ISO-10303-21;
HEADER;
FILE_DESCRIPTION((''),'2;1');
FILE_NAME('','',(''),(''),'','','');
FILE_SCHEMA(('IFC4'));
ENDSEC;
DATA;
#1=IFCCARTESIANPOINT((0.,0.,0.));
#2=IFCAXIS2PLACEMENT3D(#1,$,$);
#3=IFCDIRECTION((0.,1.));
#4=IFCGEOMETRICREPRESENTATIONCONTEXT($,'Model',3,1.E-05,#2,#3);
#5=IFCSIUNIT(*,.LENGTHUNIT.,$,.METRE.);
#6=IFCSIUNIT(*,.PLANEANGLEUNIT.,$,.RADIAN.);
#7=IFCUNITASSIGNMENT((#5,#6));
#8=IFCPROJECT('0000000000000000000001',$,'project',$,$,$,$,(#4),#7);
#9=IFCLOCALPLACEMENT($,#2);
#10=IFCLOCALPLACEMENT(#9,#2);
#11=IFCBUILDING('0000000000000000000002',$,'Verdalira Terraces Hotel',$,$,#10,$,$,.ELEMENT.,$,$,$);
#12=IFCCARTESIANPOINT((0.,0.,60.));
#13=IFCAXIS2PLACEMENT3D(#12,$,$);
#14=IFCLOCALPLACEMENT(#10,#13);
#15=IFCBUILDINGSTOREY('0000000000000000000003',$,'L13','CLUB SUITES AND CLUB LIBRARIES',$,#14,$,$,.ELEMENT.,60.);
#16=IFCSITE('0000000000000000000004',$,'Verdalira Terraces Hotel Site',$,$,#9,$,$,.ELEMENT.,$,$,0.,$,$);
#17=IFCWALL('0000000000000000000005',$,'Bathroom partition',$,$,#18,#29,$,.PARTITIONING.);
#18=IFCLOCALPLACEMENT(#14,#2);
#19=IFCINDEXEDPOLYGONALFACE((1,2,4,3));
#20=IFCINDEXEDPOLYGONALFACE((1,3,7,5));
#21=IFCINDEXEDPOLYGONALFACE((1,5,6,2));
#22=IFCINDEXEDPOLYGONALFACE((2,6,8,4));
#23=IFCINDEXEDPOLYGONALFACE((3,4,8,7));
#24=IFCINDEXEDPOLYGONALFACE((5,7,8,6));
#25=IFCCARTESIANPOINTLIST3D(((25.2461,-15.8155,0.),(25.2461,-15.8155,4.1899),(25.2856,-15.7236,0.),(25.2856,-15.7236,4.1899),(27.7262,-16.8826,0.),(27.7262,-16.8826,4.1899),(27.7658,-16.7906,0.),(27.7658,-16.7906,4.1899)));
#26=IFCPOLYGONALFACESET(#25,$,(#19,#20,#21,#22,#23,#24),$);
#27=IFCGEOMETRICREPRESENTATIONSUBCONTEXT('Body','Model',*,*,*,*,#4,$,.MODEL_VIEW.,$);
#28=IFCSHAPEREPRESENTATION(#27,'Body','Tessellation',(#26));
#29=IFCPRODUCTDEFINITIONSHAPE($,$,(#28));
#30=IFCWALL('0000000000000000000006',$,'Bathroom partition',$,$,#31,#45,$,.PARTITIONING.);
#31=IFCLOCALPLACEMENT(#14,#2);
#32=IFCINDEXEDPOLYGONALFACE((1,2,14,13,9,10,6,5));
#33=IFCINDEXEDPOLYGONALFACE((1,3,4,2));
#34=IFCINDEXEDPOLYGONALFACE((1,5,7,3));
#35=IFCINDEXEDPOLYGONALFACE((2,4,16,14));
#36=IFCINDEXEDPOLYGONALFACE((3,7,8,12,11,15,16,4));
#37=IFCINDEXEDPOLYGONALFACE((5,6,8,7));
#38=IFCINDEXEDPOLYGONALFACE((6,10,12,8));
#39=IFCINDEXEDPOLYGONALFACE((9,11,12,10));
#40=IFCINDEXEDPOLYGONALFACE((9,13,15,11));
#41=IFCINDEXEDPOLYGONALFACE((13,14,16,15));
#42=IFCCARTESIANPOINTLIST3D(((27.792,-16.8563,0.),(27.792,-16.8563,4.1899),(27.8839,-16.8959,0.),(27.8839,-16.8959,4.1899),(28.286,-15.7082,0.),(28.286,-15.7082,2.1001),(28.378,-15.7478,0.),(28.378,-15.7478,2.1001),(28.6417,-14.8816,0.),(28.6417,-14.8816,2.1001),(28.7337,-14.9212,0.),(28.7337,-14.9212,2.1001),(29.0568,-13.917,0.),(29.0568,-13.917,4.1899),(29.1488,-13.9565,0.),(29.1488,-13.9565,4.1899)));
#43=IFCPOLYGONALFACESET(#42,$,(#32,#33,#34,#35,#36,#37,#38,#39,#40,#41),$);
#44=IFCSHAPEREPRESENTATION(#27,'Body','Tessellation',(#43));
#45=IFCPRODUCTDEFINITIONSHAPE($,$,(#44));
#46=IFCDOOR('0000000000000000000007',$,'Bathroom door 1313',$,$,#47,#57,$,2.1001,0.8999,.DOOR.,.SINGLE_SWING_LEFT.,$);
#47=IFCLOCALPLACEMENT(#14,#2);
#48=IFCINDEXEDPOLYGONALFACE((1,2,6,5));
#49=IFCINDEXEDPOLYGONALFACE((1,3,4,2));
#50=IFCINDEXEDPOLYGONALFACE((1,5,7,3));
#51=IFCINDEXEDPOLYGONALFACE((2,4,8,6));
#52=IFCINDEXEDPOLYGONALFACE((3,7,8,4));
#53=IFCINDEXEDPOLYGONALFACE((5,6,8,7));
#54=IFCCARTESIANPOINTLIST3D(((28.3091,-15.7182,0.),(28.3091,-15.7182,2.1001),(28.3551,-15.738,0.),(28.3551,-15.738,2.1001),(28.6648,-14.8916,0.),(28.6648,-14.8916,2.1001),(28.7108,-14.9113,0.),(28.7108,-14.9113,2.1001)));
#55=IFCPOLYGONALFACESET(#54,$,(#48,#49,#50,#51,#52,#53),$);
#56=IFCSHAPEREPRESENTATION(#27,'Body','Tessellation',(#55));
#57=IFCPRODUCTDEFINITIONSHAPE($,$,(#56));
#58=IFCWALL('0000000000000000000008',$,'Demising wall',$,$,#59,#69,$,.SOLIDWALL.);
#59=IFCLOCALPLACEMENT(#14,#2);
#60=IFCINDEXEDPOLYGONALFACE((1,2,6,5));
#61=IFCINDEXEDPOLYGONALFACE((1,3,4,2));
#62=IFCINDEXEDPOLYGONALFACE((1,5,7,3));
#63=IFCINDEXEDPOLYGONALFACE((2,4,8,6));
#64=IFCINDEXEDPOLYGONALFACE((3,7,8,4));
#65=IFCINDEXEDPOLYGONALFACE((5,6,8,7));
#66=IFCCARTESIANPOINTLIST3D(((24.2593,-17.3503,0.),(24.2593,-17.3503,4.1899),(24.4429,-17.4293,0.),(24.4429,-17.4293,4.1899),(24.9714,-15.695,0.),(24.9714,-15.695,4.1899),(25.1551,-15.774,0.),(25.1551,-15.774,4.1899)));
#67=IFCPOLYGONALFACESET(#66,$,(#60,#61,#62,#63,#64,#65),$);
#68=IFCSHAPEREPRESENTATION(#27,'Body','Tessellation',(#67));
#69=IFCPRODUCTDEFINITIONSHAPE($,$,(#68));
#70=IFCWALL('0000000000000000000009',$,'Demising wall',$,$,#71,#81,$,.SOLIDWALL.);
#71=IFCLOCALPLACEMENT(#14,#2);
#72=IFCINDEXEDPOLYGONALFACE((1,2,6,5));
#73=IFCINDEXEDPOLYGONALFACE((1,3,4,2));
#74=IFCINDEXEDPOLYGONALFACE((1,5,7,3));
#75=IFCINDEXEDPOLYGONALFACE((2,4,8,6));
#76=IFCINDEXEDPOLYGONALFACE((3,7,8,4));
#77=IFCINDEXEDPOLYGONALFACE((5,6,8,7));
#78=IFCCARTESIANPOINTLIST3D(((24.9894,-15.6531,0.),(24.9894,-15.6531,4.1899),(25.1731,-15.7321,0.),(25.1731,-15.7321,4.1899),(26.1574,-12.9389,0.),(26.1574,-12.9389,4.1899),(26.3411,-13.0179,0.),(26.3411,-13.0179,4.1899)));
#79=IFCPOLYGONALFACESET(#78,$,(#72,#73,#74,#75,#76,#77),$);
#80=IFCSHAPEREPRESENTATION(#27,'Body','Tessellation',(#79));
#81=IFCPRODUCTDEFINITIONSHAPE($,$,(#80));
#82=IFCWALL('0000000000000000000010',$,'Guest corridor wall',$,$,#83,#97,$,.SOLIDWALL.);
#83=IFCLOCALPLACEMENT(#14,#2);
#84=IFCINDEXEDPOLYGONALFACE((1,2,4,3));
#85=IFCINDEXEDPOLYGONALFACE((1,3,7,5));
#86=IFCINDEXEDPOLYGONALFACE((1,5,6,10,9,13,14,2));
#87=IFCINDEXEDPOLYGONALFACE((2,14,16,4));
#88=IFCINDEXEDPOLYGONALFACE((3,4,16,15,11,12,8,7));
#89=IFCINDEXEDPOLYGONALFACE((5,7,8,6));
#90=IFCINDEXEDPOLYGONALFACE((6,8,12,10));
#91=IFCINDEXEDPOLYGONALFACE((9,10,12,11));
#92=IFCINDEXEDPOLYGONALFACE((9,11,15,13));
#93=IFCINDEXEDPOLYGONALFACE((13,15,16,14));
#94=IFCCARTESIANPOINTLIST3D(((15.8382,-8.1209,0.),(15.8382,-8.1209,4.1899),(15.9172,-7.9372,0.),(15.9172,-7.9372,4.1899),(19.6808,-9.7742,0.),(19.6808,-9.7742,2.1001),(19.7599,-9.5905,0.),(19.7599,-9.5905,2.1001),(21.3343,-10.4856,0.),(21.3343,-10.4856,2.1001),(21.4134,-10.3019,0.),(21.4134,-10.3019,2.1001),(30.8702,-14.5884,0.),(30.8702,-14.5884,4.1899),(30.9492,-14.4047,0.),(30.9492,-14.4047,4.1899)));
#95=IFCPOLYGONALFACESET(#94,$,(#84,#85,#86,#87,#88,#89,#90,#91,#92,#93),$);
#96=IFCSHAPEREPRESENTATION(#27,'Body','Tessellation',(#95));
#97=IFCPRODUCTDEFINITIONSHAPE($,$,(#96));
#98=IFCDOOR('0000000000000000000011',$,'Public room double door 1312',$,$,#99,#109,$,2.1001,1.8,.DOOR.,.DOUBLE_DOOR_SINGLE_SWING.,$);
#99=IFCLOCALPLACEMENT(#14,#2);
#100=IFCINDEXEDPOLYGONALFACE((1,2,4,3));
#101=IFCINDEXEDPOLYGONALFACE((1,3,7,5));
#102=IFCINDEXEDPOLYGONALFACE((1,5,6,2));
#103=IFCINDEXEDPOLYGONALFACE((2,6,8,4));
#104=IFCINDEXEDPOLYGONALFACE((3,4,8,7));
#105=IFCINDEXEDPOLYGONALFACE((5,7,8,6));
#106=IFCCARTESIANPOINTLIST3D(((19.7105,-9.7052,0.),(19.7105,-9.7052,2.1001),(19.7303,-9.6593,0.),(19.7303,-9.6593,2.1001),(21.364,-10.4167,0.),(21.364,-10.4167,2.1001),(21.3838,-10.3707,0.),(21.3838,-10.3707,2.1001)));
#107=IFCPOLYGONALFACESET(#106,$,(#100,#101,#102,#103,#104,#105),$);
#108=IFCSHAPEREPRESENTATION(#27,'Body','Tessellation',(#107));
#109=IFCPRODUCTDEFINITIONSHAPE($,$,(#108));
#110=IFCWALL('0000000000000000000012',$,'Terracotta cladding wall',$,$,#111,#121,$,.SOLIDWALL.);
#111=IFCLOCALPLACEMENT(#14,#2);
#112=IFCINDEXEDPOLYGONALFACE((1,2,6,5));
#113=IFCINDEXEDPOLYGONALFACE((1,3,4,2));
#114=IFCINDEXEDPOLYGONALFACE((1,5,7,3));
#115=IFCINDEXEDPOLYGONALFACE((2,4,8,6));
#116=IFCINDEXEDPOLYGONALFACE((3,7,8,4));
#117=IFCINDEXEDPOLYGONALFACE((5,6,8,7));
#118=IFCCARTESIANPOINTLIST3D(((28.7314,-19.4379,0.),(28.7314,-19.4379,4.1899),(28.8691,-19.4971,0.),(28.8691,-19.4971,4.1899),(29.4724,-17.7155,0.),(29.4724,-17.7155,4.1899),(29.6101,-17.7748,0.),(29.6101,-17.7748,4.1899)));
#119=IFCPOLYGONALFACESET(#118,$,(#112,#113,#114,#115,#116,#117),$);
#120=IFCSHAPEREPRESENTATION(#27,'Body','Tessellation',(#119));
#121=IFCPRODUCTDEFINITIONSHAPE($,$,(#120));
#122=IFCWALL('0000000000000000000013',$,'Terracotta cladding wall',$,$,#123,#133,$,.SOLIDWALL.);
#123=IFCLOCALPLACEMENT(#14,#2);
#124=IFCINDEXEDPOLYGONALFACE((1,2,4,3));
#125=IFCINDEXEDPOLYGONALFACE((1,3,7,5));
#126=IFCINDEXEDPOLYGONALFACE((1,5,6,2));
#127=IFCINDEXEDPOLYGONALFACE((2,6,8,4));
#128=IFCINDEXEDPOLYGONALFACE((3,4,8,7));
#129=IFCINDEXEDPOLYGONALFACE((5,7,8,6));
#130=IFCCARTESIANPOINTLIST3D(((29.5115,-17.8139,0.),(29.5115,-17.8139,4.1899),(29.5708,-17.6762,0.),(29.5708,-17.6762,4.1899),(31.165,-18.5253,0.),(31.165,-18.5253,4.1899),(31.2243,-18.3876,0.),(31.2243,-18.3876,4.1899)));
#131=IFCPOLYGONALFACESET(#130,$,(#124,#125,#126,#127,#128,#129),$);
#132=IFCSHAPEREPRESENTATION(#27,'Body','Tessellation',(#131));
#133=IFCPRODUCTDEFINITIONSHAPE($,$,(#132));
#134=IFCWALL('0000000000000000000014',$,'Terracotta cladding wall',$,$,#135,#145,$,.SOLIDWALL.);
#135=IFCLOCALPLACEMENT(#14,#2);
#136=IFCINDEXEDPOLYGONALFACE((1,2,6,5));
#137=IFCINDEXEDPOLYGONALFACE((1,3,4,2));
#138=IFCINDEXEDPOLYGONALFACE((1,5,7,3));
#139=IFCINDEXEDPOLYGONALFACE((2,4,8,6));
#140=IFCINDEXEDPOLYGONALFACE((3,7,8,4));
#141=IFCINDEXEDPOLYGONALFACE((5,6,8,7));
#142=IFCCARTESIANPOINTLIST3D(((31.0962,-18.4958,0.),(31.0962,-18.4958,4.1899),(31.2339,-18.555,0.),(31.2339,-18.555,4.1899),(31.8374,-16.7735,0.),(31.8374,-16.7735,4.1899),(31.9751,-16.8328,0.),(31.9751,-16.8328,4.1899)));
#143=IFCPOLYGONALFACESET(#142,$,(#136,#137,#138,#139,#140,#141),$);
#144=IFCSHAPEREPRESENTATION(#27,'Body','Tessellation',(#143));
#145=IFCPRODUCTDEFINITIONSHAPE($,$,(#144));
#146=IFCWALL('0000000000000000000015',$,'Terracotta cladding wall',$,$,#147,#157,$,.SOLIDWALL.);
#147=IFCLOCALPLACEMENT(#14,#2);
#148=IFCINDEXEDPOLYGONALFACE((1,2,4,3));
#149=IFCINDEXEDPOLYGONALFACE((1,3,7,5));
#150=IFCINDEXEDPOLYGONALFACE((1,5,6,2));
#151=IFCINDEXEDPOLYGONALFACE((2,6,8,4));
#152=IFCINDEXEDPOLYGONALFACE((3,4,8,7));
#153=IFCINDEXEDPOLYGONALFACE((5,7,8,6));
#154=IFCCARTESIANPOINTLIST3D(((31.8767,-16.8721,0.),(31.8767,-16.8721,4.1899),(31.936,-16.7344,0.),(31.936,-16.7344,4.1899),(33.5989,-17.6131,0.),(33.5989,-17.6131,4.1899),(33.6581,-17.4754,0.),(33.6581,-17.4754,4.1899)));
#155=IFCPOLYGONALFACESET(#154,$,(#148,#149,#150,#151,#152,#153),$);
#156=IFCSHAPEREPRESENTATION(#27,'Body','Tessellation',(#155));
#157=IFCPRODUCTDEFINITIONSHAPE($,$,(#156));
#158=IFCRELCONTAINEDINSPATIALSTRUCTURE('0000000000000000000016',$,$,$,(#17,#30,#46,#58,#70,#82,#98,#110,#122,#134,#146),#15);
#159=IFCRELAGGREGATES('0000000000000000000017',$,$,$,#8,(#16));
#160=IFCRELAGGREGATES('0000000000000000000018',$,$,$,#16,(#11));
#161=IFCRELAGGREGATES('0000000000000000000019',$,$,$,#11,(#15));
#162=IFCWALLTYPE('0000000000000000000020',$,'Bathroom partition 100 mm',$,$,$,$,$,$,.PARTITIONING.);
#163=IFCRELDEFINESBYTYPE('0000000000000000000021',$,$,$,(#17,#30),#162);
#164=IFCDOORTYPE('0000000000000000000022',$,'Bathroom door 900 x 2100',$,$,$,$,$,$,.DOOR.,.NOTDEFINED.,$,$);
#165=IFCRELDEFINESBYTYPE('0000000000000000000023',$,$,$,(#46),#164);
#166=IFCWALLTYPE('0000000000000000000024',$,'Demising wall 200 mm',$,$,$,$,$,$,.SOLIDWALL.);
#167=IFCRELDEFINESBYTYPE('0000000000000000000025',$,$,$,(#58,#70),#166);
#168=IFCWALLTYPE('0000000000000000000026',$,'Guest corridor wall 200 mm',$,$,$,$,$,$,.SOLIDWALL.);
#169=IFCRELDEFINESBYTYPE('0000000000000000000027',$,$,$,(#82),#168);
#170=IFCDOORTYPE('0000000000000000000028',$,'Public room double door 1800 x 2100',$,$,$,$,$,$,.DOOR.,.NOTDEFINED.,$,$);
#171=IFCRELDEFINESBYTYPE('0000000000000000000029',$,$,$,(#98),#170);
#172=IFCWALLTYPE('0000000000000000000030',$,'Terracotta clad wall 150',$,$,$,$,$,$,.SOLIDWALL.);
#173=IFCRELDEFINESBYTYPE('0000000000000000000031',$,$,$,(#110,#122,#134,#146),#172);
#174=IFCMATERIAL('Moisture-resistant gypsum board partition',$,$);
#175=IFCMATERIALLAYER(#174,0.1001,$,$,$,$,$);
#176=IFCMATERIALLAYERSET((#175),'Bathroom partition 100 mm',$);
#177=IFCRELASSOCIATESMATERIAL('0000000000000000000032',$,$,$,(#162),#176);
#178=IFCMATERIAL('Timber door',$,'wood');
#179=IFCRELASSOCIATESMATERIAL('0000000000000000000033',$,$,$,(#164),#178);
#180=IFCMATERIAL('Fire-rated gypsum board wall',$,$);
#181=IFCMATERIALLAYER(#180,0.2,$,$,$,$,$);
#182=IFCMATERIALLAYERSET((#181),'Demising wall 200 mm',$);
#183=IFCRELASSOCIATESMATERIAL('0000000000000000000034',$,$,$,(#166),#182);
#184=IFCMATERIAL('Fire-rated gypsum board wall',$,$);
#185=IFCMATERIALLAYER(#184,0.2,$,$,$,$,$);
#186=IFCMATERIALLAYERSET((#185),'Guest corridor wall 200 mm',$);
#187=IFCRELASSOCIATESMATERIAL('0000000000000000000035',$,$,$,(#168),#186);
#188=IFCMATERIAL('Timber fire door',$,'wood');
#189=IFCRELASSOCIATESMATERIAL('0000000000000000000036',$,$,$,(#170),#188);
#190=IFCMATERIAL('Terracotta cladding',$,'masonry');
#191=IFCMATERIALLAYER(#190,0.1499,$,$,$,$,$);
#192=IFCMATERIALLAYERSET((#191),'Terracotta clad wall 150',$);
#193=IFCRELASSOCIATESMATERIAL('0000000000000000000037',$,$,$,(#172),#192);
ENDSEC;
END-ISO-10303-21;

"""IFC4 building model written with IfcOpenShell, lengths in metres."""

from ifc_helpers import new_model, si_unit, direction, frame, frame_2d, origin, place, context, subcontext, project, spatial, rectangle, extrude, material, layer, layer_set, type_object, element, fill, save


model = new_model("IFC4")

# Units and contexts
model_context = context("Model", 3, precision=1e-05, world=origin(), true_north=direction((0.0, 1.0)))
body_context = subcontext(model_context, "Body", "Model", "MODEL_VIEW")
ifc_project = project(units=[si_unit("LENGTHUNIT", "METRE"), si_unit("PLANEANGLEUNIT", "RADIAN")], contexts=[model_context])

# Site, building, storey
site_placement = place(None, origin())
site = spatial("IfcSite", under=ifc_project, at=site_placement, Name="Verdalira Terraces Hotel Site", CompositionType="ELEMENT", RefElevation=0.0)
building_placement = place(site_placement, origin())
building = spatial("IfcBuilding", under=site, at=building_placement, Name="Verdalira Terraces Hotel", CompositionType="ELEMENT")
storey_placement = place(building_placement, frame((0.0, 0.0, 60.0)))
storey = spatial("IfcBuildingStorey", under=building, at=storey_placement, Name="L13", Description="CLUB SUITES AND CLUB LIBRARIES", CompositionType="ELEMENT", Elevation=60.0)

# Wall
ifc_material_1 = material(Name="Moisture-resistant gypsum board partition")
ifc_layer_1 = layer(ifc_material_1, 0.1001)
ifc_layer_set_1 = layer_set([ifc_layer_1], Name="Bathroom partition 100 mm")
wall_type_1 = type_object("IfcWallType", Name="Bathroom partition 100 mm", PredefinedType="PARTITIONING", material=ifc_layer_set_1)
wall_1_placement = place(storey_placement, frame((27.7461, -16.8367, 0.0), z_axis=(0.0, 0.0, 1.0), x_axis=(-0.918583, 0.395228, 0.0)))
element("IfcWall", 1, at=wall_1_placement, inside=storey, type_object=wall_type_1, Name="Bathroom partition", PredefinedType="PARTITIONING", context=body_context, shape_type="SweptSolid", body=[
    extrude(rectangle(XDim=2.7, YDim=0.1001, at=frame_2d((1.3501, 0.0))), origin(), (0.0, 0.0, 1.0), 4.1899),
])

# Wall, opening, door
wall_2_placement = place(storey_placement, frame((27.8379, -16.8762, 0.0), z_axis=(0.0, 0.0, 1.0), x_axis=(0.395272, 0.918564, 0.0)))
wall_2 = element("IfcWall", 2, at=wall_2_placement, inside=storey, type_object=wall_type_1, Name="Bathroom partition", PredefinedType="PARTITIONING", context=body_context, shape_type="SweptSolid", body=[
    extrude(rectangle(XDim=3.2, YDim=0.1001, at=frame_2d((1.6001, 0.0))), origin(), (0.0, 0.0, 1.0), 4.1899),
])
opening_1_placement = place(wall_2_placement, frame((1.25, 0.0, 0.0)))
opening_1 = element("IfcOpeningElement", 3, at=opening_1_placement, cuts=wall_2, PredefinedType="OPENING", context=body_context, shape_type="SweptSolid", body=[
    extrude(rectangle(XDim=0.8999, YDim=2.1001, at=frame_2d((0.45, 1.05))), frame((0.0, 0.0601, 0.0), z_axis=(0.0, -1.0, 0.0), x_axis=(1.0, 0.0, 0.0)), (0.0, 0.0, 1.0), 0.1201),
])
ifc_material_2 = material(Name="Timber door", Category="wood")
door_type_1 = type_object("IfcDoorType", Name="Bathroom door 900 x 2100", OperationType="NOTDEFINED", PredefinedType="DOOR", material=ifc_material_2)
door_1_placement = place(opening_1_placement, origin())
door_1 = element("IfcDoor", 4, at=door_1_placement, inside=storey, type_object=door_type_1, Name="Bathroom door 1313", OperationType="SINGLE_SWING_LEFT", OverallHeight=2.1001, OverallWidth=0.8999, PredefinedType="DOOR", context=body_context, shape_type="SweptSolid", body=[
    extrude(rectangle(XDim=0.8999, YDim=2.1001, at=frame_2d((0.45, 1.05))), frame((0.0, 0.0249, 0.0), z_axis=(0.0, -1.0, 0.0), x_axis=(1.0, 0.0, 0.0)), (0.0, 0.0, 1.0), 0.05),
])
fill(opening_1, door_1)

# Walls
ifc_material_3 = material(Name="Fire-rated gypsum board wall")
ifc_layer_2 = layer(ifc_material_3, 0.2)
ifc_layer_set_2 = layer_set([ifc_layer_2], Name="Demising wall 200 mm")
wall_type_2 = type_object("IfcWallType", Name="Demising wall 200 mm", PredefinedType="SOLIDWALL", material=ifc_layer_set_2)
wall_3_placement = place(storey_placement, frame((25.0632, -15.7346, 0.0), z_axis=(0.0, 0.0, 1.0), x_axis=(-0.395211, -0.918591, 0.0)))
element("IfcWall", 5, at=wall_3_placement, inside=storey, type_object=wall_type_2, Name="Demising wall", PredefinedType="SOLIDWALL", context=body_context, shape_type="SweptSolid", body=[
    extrude(rectangle(XDim=1.802, YDim=0.2, at=frame_2d((0.9009, 0.0))), origin(), (0.0, 0.0, 1.0), 4.1899),
])
wall_4_placement = place(storey_placement, frame((26.2493, -12.9783, 0.0), z_axis=(0.0, 0.0, 1.0), x_axis=(-0.395285, -0.918559, 0.0)))
element("IfcWall", 6, at=wall_4_placement, inside=storey, type_object=wall_type_2, Name="Demising wall", PredefinedType="SOLIDWALL", context=body_context, shape_type="SweptSolid", body=[
    extrude(rectangle(XDim=2.9548, YDim=0.2, at=frame_2d((1.4775, 0.0))), origin(), (0.0, 0.0, 1.0), 4.1899),
])

# Wall, opening, door
ifc_material_4 = material(Name="Fire-rated gypsum board wall")
ifc_layer_3 = layer(ifc_material_4, 0.2)
ifc_layer_set_3 = layer_set([ifc_layer_3], Name="Guest corridor wall 200 mm")
wall_type_3 = type_object("IfcWallType", Name="Guest corridor wall 200 mm", PredefinedType="SOLIDWALL", material=ifc_layer_set_3)
wall_5_placement = place(storey_placement, frame((30.9097, -14.4966, 0.0), z_axis=(0.0, 0.0, 1.0), x_axis=(-0.918585, 0.395223, 0.0)))
wall_5 = element("IfcWall", 7, at=wall_5_placement, inside=storey, type_object=wall_type_3, Name="Guest corridor wall", PredefinedType="SOLIDWALL", context=body_context, shape_type="SweptSolid", body=[
    extrude(rectangle(XDim=16.3643, YDim=0.2, at=frame_2d((8.1821, 0.0))), origin(), (0.0, 0.0, 1.0), 4.1899),
])
opening_2_placement = place(wall_5_placement, frame((10.3811, 0.0, 0.0)))
opening_2 = element("IfcOpeningElement", 8, at=opening_2_placement, cuts=wall_5, PredefinedType="OPENING", context=body_context, shape_type="SweptSolid", body=[
    extrude(rectangle(XDim=1.8, YDim=2.1001, at=frame_2d((0.8999, 1.05))), frame((0.0, 0.1099, 0.0), z_axis=(0.0, -1.0, 0.0), x_axis=(1.0, 0.0, 0.0)), (0.0, 0.0, 1.0), 0.22),
])
ifc_material_5 = material(Name="Timber fire door", Category="wood")
door_type_2 = type_object("IfcDoorType", Name="Public room double door 1800 x 2100", OperationType="NOTDEFINED", PredefinedType="DOOR", material=ifc_material_5)
door_2_placement = place(opening_2_placement, origin())
door_2 = element("IfcDoor", 9, at=door_2_placement, inside=storey, type_object=door_type_2, Name="Public room double door 1312", OperationType="DOUBLE_DOOR_SINGLE_SWING", OverallHeight=2.1001, OverallWidth=1.8, PredefinedType="DOOR", context=body_context, shape_type="SweptSolid", body=[
    extrude(rectangle(XDim=1.8, YDim=2.1001, at=frame_2d((0.8999, 1.05))), frame((0.0, 0.0249, 0.0), z_axis=(0.0, -1.0, 0.0), x_axis=(1.0, 0.0, 0.0)), (0.0, 0.0, 1.0), 0.05),
])
fill(opening_2, door_2)

# Walls
ifc_material_6 = material(Name="Terracotta cladding", Category="masonry")
ifc_layer_4 = layer(ifc_material_6, 0.1499)
ifc_layer_set_4 = layer_set([ifc_layer_4], Name="Terracotta clad wall 150")
wall_type_4 = type_object("IfcWallType", Name="Terracotta clad wall 150", PredefinedType="SOLIDWALL", material=ifc_layer_set_4)
wall_6_placement = place(storey_placement, frame((28.8003, -19.4675, 0.0), z_axis=(0.0, 0.0, 1.0), x_axis=(0.395176, 0.918605, 0.0)))
element("IfcWall", 10, at=wall_6_placement, inside=storey, type_object=wall_type_4, Name="Terracotta cladding wall", PredefinedType="SOLIDWALL", context=body_context, shape_type="SweptSolid", body=[
    extrude(rectangle(XDim=1.875, YDim=0.1499, at=frame_2d((0.9375, 0.0))), origin(), (0.0, 0.0, 1.0), 4.1899),
])
wall_7_placement = place(storey_placement, frame((29.5413, -17.7451, 0.0), z_axis=(0.0, 0.0, 1.0), x_axis=(0.91859, -0.395212, 0.0)))
element("IfcWall", 11, at=wall_7_placement, inside=storey, type_object=wall_type_4, Name="Terracotta cladding wall", PredefinedType="SOLIDWALL", context=body_context, shape_type="SweptSolid", body=[
    extrude(rectangle(XDim=1.8, YDim=0.1499, at=frame_2d((0.8999, 0.0))), origin(), (0.0, 0.0, 1.0), 4.1899),
])
wall_8_placement = place(storey_placement, frame((31.165, -18.5254, 0.0), z_axis=(0.0, 0.0, 1.0), x_axis=(0.395333, 0.918538, 0.0)))
element("IfcWall", 12, at=wall_8_placement, inside=storey, type_object=wall_type_4, Name="Terracotta cladding wall", PredefinedType="SOLIDWALL", context=body_context, shape_type="SweptSolid", body=[
    extrude(rectangle(XDim=1.875, YDim=0.1499, at=frame_2d((0.9375, 0.0))), origin(), (0.0, 0.0, 1.0), 4.1899),
])
wall_9_placement = place(storey_placement, frame((31.9062, -16.8032, 0.0), z_axis=(0.0, 0.0, 1.0), x_axis=(0.918585, -0.395223, 0.0)))
element("IfcWall", 13, at=wall_9_placement, inside=storey, type_object=wall_type_4, Name="Terracotta cladding wall", PredefinedType="SOLIDWALL", context=body_context, shape_type="SweptSolid", body=[
    extrude(rectangle(XDim=1.8748, YDim=0.1499, at=frame_2d((0.9375, 0.0))), origin(), (0.0, 0.0, 1.0), 4.1899),
])

save(model, "model.ifc")
